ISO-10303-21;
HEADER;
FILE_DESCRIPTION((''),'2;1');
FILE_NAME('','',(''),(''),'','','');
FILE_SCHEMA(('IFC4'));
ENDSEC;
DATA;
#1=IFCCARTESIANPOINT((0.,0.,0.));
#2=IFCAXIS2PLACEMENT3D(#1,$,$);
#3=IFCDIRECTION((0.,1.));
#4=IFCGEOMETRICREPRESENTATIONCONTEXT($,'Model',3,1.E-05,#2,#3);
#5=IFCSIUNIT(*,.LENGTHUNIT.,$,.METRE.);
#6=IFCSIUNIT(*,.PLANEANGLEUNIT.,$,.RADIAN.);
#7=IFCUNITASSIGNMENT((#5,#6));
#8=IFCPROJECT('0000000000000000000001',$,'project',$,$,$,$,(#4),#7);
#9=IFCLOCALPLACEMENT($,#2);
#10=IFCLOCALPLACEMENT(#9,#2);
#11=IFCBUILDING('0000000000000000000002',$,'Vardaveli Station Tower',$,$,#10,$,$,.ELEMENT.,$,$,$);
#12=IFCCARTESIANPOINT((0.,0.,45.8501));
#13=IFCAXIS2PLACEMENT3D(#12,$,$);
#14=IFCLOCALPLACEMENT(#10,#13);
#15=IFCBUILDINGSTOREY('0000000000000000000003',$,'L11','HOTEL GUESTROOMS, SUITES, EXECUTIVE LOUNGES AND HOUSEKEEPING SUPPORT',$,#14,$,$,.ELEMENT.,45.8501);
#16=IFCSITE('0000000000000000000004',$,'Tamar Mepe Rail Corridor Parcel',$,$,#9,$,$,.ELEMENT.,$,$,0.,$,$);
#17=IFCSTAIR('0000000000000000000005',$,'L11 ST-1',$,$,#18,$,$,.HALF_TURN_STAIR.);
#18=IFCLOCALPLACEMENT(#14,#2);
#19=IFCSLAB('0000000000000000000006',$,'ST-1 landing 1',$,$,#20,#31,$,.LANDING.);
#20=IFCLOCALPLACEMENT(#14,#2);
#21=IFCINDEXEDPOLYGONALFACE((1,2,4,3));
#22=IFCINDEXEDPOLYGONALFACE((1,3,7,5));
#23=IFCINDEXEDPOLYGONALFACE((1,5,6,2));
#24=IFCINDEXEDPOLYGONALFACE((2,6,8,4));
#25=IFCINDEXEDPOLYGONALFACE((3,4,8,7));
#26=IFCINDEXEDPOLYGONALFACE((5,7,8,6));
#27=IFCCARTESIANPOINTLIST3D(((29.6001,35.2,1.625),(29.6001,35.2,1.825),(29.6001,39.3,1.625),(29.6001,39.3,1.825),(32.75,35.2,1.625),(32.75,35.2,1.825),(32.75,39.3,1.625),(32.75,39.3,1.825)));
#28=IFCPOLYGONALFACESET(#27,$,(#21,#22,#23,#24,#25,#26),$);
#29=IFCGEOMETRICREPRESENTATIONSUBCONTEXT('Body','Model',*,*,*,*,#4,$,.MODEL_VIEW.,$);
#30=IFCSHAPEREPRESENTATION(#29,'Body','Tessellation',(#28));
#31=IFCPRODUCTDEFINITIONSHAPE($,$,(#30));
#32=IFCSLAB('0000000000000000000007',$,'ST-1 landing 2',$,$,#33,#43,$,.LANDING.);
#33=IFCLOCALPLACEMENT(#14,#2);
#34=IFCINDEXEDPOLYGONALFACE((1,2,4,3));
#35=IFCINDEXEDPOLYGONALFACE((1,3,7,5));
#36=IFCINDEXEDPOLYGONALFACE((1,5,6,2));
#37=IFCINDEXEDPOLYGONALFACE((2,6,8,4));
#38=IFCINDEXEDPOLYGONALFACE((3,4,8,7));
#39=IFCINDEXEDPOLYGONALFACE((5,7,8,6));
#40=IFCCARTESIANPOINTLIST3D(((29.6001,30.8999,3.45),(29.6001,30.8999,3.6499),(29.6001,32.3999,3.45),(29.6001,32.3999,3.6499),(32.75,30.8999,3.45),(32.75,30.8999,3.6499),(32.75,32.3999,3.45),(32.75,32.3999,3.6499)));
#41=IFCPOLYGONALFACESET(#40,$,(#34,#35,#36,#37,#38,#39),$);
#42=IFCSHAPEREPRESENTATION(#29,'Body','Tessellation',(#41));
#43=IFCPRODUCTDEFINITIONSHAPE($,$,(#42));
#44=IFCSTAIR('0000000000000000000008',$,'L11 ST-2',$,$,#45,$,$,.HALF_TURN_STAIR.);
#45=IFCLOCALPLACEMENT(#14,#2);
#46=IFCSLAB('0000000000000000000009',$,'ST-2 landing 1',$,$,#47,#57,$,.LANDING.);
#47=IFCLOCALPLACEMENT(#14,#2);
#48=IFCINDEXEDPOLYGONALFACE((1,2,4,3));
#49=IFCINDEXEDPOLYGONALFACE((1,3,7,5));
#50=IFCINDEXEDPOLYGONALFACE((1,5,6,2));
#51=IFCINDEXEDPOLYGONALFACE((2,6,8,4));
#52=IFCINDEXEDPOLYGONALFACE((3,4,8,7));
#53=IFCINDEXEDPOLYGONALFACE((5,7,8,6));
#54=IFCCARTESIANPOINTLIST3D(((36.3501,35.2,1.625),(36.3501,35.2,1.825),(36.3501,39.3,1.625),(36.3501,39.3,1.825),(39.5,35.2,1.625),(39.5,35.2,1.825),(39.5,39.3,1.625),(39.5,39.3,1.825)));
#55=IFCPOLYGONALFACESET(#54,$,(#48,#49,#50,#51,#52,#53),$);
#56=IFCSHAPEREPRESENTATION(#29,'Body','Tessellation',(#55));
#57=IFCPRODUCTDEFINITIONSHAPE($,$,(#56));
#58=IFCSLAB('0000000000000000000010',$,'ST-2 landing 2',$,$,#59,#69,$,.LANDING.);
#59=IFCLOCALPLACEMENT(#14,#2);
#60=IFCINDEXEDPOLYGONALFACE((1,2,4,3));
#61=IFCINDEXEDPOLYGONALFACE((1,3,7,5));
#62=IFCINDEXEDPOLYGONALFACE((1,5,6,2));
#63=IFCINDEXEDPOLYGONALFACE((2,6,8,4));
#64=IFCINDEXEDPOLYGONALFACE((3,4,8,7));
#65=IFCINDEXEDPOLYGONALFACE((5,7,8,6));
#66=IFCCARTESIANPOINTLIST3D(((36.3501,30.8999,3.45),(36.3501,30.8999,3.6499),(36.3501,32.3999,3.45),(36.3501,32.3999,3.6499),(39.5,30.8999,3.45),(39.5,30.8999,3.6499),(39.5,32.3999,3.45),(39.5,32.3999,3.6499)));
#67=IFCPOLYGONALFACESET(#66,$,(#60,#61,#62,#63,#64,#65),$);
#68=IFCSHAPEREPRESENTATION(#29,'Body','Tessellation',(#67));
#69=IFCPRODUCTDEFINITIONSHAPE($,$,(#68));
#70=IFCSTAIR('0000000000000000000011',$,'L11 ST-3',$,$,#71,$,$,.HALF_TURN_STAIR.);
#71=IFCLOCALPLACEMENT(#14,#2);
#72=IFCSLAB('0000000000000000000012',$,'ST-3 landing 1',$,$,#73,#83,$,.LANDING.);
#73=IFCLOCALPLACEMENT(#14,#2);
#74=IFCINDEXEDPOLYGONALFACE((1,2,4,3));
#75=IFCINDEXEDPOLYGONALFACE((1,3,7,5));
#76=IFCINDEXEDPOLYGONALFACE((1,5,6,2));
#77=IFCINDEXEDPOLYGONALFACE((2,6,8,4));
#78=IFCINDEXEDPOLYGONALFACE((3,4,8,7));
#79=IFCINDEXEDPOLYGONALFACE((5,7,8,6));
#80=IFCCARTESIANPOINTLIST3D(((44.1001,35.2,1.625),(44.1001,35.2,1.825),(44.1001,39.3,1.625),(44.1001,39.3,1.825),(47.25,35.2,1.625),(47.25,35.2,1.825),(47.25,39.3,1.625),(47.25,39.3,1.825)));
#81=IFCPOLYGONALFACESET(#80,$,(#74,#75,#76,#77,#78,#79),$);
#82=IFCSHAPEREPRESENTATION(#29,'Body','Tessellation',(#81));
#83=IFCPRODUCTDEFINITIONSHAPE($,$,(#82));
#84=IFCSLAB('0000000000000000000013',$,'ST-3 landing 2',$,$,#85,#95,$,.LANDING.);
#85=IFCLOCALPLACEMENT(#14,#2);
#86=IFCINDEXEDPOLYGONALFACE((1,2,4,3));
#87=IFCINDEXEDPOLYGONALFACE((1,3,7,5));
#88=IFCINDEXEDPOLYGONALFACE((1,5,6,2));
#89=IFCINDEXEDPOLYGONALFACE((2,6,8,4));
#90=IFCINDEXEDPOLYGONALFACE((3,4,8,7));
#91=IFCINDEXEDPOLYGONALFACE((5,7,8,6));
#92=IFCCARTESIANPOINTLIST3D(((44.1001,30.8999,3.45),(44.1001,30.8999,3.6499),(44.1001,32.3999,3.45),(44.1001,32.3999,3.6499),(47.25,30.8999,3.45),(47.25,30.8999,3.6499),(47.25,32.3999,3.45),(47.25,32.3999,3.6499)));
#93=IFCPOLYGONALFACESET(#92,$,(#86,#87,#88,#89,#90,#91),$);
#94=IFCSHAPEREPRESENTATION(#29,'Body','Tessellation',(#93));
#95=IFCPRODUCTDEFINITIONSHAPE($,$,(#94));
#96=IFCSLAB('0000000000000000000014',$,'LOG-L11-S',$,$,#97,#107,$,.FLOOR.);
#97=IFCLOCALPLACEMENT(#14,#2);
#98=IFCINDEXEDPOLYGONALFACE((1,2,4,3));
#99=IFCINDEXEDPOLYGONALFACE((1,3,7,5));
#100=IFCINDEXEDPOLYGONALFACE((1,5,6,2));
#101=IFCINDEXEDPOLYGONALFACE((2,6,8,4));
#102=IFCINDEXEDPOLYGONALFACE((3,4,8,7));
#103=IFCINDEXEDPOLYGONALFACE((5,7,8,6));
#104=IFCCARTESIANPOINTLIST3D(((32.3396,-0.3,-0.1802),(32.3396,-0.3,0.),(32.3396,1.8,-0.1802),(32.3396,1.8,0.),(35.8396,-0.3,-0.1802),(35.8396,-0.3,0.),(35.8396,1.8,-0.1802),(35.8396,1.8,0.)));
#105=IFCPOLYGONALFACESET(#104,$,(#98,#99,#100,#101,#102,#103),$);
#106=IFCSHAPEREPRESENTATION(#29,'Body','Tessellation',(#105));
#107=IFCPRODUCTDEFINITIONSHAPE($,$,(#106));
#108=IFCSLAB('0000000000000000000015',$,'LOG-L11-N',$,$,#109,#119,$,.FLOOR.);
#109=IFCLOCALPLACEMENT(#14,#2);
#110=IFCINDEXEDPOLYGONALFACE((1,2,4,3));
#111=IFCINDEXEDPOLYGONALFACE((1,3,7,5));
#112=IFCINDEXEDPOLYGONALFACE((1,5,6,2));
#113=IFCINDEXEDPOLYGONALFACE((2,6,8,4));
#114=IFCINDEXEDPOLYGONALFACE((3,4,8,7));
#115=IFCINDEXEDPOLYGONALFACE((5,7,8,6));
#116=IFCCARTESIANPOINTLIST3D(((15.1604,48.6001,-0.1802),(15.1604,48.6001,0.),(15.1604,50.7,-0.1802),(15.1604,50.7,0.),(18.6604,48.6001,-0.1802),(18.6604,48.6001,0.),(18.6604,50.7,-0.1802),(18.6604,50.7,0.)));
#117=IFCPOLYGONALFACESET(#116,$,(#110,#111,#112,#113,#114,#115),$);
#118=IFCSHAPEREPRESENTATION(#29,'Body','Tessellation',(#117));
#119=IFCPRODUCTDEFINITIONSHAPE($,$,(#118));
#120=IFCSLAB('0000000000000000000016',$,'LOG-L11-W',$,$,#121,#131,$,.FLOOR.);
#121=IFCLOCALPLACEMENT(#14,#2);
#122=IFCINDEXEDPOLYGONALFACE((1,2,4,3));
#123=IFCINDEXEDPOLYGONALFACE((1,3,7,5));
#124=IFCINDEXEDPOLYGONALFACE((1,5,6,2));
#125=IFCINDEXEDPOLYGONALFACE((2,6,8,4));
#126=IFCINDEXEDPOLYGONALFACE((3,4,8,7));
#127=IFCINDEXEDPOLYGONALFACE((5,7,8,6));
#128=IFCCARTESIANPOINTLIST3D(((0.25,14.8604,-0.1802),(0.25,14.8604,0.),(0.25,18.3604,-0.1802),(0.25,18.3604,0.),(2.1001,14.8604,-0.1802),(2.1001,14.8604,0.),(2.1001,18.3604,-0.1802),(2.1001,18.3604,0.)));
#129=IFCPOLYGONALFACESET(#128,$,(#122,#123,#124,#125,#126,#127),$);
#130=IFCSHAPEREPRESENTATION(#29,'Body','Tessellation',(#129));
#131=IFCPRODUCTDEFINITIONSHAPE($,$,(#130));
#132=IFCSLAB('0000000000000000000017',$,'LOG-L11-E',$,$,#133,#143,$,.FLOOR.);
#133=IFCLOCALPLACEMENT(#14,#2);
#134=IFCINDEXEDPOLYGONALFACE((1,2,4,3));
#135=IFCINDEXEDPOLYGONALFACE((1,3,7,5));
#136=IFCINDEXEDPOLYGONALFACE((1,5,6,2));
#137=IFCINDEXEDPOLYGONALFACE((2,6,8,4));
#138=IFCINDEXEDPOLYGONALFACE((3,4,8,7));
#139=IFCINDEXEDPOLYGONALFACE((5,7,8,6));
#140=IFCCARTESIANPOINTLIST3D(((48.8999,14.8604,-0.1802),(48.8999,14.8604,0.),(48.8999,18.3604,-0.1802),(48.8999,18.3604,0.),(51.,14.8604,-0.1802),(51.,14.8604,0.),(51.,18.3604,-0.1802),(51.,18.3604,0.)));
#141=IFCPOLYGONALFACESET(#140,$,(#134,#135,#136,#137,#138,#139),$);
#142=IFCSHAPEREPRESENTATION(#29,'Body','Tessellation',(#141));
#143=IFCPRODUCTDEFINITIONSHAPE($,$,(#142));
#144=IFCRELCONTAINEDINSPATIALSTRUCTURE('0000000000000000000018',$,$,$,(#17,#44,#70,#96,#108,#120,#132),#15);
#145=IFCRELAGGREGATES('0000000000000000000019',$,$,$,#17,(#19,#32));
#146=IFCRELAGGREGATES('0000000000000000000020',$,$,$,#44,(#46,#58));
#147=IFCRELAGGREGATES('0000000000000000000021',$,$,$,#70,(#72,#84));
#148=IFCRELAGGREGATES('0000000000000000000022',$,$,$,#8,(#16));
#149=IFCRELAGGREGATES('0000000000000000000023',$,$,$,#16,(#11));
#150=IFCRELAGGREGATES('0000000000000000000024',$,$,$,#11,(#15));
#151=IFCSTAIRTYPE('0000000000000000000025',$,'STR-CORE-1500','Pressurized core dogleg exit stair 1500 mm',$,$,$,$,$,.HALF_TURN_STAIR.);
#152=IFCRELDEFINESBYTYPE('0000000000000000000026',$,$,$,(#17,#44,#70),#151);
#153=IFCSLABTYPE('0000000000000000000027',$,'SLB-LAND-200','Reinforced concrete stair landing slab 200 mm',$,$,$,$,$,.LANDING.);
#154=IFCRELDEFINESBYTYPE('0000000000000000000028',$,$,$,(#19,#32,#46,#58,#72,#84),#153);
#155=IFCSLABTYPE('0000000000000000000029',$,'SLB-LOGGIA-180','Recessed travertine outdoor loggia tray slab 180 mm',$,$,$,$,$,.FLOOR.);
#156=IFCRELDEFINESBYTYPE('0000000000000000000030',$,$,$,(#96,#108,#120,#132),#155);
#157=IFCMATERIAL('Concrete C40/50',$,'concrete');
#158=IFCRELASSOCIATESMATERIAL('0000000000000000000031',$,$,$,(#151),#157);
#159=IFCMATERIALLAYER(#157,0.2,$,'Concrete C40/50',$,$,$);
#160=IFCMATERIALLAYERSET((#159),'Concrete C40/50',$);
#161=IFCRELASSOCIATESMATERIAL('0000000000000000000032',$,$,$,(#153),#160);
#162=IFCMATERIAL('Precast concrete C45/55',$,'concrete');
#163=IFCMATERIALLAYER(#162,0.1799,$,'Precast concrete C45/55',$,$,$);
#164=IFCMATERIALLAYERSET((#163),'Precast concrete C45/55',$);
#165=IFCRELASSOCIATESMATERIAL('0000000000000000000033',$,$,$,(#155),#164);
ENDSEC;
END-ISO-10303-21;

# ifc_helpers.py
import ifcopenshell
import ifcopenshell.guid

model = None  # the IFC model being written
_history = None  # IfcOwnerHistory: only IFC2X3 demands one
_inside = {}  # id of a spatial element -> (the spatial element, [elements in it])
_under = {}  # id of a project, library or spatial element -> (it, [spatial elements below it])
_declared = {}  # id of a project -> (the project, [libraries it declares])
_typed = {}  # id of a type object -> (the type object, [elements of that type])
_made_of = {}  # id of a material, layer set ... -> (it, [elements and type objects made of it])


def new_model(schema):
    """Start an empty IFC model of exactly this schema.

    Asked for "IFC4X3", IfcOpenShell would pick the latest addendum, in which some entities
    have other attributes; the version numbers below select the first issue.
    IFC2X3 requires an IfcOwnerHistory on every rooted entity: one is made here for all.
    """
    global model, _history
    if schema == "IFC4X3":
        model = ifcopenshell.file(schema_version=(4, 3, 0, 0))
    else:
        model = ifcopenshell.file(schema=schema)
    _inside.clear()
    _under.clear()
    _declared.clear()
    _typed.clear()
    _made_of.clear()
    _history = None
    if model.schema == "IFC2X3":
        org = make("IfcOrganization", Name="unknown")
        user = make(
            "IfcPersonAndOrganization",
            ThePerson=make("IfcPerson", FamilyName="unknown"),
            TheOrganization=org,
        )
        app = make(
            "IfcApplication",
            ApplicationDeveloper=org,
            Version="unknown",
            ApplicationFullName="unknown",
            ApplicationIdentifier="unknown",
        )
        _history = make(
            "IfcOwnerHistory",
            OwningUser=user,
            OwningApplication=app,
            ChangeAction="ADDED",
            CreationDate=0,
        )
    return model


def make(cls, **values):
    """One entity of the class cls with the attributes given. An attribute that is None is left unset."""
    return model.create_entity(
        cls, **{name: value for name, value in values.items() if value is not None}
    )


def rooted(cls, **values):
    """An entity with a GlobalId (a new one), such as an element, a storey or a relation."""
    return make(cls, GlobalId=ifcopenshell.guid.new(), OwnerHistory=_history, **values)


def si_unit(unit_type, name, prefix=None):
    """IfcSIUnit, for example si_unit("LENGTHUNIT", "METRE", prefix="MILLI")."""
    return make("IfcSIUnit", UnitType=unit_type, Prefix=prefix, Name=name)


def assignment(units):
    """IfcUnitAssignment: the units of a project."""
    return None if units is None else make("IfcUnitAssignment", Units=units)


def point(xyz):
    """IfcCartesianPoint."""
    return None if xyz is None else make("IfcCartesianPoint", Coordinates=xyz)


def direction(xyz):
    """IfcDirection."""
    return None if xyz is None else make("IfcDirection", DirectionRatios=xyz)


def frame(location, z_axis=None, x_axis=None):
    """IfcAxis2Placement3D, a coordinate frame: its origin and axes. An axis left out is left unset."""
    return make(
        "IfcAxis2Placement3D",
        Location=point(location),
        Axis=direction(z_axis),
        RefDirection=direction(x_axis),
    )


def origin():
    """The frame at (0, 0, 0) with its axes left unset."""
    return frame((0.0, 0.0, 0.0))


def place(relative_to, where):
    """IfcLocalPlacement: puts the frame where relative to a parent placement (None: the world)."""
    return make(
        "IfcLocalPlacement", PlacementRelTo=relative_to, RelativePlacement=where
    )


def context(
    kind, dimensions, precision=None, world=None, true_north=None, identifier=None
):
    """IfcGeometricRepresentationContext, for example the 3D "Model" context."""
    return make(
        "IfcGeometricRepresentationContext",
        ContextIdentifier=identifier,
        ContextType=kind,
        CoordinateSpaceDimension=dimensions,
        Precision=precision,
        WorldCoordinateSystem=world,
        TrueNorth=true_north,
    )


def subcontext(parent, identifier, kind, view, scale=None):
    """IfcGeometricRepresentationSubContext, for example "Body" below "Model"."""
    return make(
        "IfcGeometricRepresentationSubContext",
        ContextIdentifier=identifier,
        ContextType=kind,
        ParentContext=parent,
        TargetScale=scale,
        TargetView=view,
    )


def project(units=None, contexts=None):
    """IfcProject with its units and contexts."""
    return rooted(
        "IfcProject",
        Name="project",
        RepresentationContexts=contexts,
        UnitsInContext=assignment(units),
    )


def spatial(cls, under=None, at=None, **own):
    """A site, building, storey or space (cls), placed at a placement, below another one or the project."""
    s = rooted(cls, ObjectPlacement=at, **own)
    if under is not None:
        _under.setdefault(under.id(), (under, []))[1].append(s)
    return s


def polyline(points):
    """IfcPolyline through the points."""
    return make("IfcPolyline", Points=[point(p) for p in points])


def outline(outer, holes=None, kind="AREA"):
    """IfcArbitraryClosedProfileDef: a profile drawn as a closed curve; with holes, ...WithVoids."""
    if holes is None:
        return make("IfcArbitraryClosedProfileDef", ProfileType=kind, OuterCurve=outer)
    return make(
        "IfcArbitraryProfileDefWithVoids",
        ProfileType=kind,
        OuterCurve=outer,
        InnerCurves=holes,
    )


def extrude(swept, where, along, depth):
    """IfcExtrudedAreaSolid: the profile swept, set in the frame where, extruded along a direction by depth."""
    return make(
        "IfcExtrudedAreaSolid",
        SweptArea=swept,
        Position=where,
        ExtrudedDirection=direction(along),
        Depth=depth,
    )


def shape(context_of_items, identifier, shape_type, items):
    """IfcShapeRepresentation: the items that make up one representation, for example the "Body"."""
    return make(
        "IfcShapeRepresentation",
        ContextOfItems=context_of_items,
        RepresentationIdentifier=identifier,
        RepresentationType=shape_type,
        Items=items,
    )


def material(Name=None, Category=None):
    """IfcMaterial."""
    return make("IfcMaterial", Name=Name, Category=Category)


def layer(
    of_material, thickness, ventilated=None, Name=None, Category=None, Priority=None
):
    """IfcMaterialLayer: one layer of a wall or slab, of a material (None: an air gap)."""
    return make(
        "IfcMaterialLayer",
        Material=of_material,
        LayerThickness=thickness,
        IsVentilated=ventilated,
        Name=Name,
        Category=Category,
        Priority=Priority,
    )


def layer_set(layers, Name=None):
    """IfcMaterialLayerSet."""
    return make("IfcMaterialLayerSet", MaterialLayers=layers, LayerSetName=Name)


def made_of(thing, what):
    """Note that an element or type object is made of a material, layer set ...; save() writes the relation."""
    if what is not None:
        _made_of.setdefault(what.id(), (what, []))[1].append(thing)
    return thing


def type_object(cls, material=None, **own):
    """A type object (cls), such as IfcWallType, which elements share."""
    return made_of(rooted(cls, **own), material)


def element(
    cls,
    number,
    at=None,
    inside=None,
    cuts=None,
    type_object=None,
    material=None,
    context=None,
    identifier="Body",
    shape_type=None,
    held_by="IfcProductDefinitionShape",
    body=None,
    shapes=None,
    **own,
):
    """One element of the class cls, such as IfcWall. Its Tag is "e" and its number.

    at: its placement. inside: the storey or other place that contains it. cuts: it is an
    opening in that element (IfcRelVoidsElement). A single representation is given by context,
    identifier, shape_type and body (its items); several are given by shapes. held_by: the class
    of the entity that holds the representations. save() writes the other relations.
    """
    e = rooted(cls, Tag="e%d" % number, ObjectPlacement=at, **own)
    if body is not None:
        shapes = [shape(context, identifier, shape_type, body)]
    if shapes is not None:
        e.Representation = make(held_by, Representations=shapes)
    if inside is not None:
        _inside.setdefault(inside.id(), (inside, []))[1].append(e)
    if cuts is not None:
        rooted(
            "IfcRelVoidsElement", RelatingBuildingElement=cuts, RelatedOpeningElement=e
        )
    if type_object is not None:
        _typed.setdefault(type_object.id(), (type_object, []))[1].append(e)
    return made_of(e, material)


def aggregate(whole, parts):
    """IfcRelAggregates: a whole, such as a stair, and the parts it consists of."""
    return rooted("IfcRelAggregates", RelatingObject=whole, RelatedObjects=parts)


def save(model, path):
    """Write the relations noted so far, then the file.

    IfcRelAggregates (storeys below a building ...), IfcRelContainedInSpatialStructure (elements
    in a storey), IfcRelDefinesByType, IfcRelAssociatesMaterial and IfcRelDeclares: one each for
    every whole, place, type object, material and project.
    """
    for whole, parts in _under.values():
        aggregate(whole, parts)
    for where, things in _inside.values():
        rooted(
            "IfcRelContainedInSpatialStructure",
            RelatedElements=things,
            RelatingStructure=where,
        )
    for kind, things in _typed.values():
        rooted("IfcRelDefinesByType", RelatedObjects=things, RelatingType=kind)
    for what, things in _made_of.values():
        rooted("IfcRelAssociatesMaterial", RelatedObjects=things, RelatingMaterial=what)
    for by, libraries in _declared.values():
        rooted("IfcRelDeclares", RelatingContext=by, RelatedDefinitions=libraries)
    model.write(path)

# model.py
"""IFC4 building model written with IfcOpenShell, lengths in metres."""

from ifc_helpers import new_model, si_unit, direction, frame, origin, place, context, subcontext, project, spatial, polyline, outline, extrude, material, layer, layer_set, type_object, element, aggregate, save


model = new_model("IFC4")

# Units and contexts
model_context = context("Model", 3, precision=1e-05, world=origin(), true_north=direction((0.0, 1.0)))
body_context = subcontext(model_context, "Body", "Model", "MODEL_VIEW")
ifc_project = project(units=[si_unit("LENGTHUNIT", "METRE"), si_unit("PLANEANGLEUNIT", "RADIAN")], contexts=[model_context])

# Site, building, storey
site_placement = place(None, origin())
site = spatial("IfcSite", under=ifc_project, at=site_placement, Name="Tamar Mepe Rail Corridor Parcel", CompositionType="ELEMENT", RefElevation=0.0)
building_placement = place(site_placement, origin())
building = spatial("IfcBuilding", under=site, at=building_placement, Name="Vardaveli Station Tower", CompositionType="ELEMENT")
storey_placement = place(building_placement, frame((0.0, 0.0, 45.8501)))
storey = spatial("IfcBuildingStorey", under=building, at=storey_placement, Name="L11", Description="HOTEL GUESTROOMS, SUITES, EXECUTIVE LOUNGES AND HOUSEKEEPING SUPPORT", CompositionType="ELEMENT", Elevation=45.8501)

# Stairs, slabs
ifc_material_1 = material(Name="Concrete C40/50", Category="concrete")
stair_type = type_object("IfcStairType", Name="STR-CORE-1500", Description="Pressurized core dogleg exit stair 1500 mm", PredefinedType="HALF_TURN_STAIR", material=ifc_material_1)
stair_1_placement = place(storey_placement, origin())
stair_1 = element("IfcStair", 1, at=stair_1_placement, inside=storey, type_object=stair_type, Name="L11 ST-1", PredefinedType="HALF_TURN_STAIR")
ifc_layer_1 = layer(ifc_material_1, 0.2, Name="Concrete C40/50")
ifc_layer_set_1 = layer_set([ifc_layer_1], Name="Concrete C40/50")
slab_type_1 = type_object("IfcSlabType", Name="SLB-LAND-200", Description="Reinforced concrete stair landing slab 200 mm", PredefinedType="LANDING", material=ifc_layer_set_1)
slab_1_placement = place(storey_placement, frame((0.0, 0.0, 1.625)))
slab_1 = element("IfcSlab", 2, at=slab_1_placement, type_object=slab_type_1, Name="ST-1 landing 1", PredefinedType="LANDING", context=body_context, shape_type="SweptSolid", body=[
    extrude(outline(polyline([(32.75, 35.2), (32.75, 39.3), (29.6001, 39.3), (29.6001, 35.2), (32.75, 35.2)])), origin(), (0.0, 0.0, 1.0), 0.2),
])
slab_2_placement = place(storey_placement, frame((0.0, 0.0, 3.45)))
slab_2 = element("IfcSlab", 3, at=slab_2_placement, type_object=slab_type_1, Name="ST-1 landing 2", PredefinedType="LANDING", context=body_context, shape_type="SweptSolid", body=[
    extrude(outline(polyline([(32.75, 30.8999), (32.75, 32.3999), (29.6001, 32.3999), (29.6001, 30.8999), (32.75, 30.8999)])), origin(), (0.0, 0.0, 1.0), 0.2),
])
aggregate(stair_1, [slab_1, slab_2])
stair_2_placement = place(storey_placement, origin())
stair_2 = element("IfcStair", 4, at=stair_2_placement, inside=storey, type_object=stair_type, Name="L11 ST-2", PredefinedType="HALF_TURN_STAIR")
slab_3_placement = place(storey_placement, frame((0.0, 0.0, 1.625)))
slab_3 = element("IfcSlab", 5, at=slab_3_placement, type_object=slab_type_1, Name="ST-2 landing 1", PredefinedType="LANDING", context=body_context, shape_type="SweptSolid", body=[
    extrude(outline(polyline([(39.5, 35.2), (39.5, 39.3), (36.3501, 39.3), (36.3501, 35.2), (39.5, 35.2)])), origin(), (0.0, 0.0, 1.0), 0.2),
])
slab_4_placement = place(storey_placement, frame((0.0, 0.0, 3.45)))
slab_4 = element("IfcSlab", 6, at=slab_4_placement, type_object=slab_type_1, Name="ST-2 landing 2", PredefinedType="LANDING", context=body_context, shape_type="SweptSolid", body=[
    extrude(outline(polyline([(39.5, 30.8999), (39.5, 32.3999), (36.3501, 32.3999), (36.3501, 30.8999), (39.5, 30.8999)])), origin(), (0.0, 0.0, 1.0), 0.2),
])
aggregate(stair_2, [slab_3, slab_4])
stair_3_placement = place(storey_placement, origin())
stair_3 = element("IfcStair", 7, at=stair_3_placement, inside=storey, type_object=stair_type, Name="L11 ST-3", PredefinedType="HALF_TURN_STAIR")
slab_5_placement = place(storey_placement, frame((0.0, 0.0, 1.625)))
slab_5 = element("IfcSlab", 8, at=slab_5_placement, type_object=slab_type_1, Name="ST-3 landing 1", PredefinedType="LANDING", context=body_context, shape_type="SweptSolid", body=[
    extrude(outline(polyline([(47.25, 35.2), (47.25, 39.3), (44.1001, 39.3), (44.1001, 35.2), (47.25, 35.2)])), origin(), (0.0, 0.0, 1.0), 0.2),
])
slab_6_placement = place(storey_placement, frame((0.0, 0.0, 3.45)))
slab_6 = element("IfcSlab", 9, at=slab_6_placement, type_object=slab_type_1, Name="ST-3 landing 2", PredefinedType="LANDING", context=body_context, shape_type="SweptSolid", body=[
    extrude(outline(polyline([(47.25, 30.8999), (47.25, 32.3999), (44.1001, 32.3999), (44.1001, 30.8999), (47.25, 30.8999)])), origin(), (0.0, 0.0, 1.0), 0.2),
])
aggregate(stair_3, [slab_5, slab_6])

# Slabs
ifc_material_2 = material(Name="Precast concrete C45/55", Category="concrete")
ifc_layer_2 = layer(ifc_material_2, 0.1799, Name="Precast concrete C45/55")
ifc_layer_set_2 = layer_set([ifc_layer_2], Name="Precast concrete C45/55")
slab_type_2 = type_object("IfcSlabType", Name="SLB-LOGGIA-180", Description="Recessed travertine outdoor loggia tray slab 180 mm", PredefinedType="FLOOR", material=ifc_layer_set_2)
slab_7_placement = place(storey_placement, frame((0.0, 0.0, -0.1802)))
element("IfcSlab", 10, at=slab_7_placement, inside=storey, type_object=slab_type_2, Name="LOG-L11-S", PredefinedType="FLOOR", context=body_context, shape_type="SweptSolid", body=[
    extrude(outline(polyline([(32.3396, -0.3), (35.8396, -0.3), (35.8396, 1.8), (32.3396, 1.8), (32.3396, -0.3)])), origin(), (0.0, 0.0, 1.0), 0.1802),
])
slab_8_placement = place(storey_placement, frame((0.0, 0.0, -0.1802)))
element("IfcSlab", 11, at=slab_8_placement, inside=storey, type_object=slab_type_2, Name="LOG-L11-N", PredefinedType="FLOOR", context=body_context, shape_type="SweptSolid", body=[
    extrude(outline(polyline([(15.1604, 48.6001), (18.6604, 48.6001), (18.6604, 50.7), (15.1604, 50.7), (15.1604, 48.6001)])), origin(), (0.0, 0.0, 1.0), 0.1802),
])
slab_9_placement = place(storey_placement, frame((0.0, 0.0, -0.1802)))
element("IfcSlab", 12, at=slab_9_placement, inside=storey, type_object=slab_type_2, Name="LOG-L11-W", PredefinedType="FLOOR", context=body_context, shape_type="SweptSolid", body=[
    extrude(outline(polyline([(0.25, 14.8604), (2.1001, 14.8604), (2.1001, 18.3604), (0.25, 18.3604), (0.25, 14.8604)])), origin(), (0.0, 0.0, 1.0), 0.1802),
])
slab_10_placement = place(storey_placement, frame((0.0, 0.0, -0.1802)))
element("IfcSlab", 13, at=slab_10_placement, inside=storey, type_object=slab_type_2, Name="LOG-L11-E", PredefinedType="FLOOR", context=body_context, shape_type="SweptSolid", body=[
    extrude(outline(polyline([(48.8999, 14.8604), (51.0, 14.8604), (51.0, 18.3604), (48.8999, 18.3604), (48.8999, 14.8604)])), origin(), (0.0, 0.0, 1.0), 0.1802),
])

save(model, "model.ifc")
